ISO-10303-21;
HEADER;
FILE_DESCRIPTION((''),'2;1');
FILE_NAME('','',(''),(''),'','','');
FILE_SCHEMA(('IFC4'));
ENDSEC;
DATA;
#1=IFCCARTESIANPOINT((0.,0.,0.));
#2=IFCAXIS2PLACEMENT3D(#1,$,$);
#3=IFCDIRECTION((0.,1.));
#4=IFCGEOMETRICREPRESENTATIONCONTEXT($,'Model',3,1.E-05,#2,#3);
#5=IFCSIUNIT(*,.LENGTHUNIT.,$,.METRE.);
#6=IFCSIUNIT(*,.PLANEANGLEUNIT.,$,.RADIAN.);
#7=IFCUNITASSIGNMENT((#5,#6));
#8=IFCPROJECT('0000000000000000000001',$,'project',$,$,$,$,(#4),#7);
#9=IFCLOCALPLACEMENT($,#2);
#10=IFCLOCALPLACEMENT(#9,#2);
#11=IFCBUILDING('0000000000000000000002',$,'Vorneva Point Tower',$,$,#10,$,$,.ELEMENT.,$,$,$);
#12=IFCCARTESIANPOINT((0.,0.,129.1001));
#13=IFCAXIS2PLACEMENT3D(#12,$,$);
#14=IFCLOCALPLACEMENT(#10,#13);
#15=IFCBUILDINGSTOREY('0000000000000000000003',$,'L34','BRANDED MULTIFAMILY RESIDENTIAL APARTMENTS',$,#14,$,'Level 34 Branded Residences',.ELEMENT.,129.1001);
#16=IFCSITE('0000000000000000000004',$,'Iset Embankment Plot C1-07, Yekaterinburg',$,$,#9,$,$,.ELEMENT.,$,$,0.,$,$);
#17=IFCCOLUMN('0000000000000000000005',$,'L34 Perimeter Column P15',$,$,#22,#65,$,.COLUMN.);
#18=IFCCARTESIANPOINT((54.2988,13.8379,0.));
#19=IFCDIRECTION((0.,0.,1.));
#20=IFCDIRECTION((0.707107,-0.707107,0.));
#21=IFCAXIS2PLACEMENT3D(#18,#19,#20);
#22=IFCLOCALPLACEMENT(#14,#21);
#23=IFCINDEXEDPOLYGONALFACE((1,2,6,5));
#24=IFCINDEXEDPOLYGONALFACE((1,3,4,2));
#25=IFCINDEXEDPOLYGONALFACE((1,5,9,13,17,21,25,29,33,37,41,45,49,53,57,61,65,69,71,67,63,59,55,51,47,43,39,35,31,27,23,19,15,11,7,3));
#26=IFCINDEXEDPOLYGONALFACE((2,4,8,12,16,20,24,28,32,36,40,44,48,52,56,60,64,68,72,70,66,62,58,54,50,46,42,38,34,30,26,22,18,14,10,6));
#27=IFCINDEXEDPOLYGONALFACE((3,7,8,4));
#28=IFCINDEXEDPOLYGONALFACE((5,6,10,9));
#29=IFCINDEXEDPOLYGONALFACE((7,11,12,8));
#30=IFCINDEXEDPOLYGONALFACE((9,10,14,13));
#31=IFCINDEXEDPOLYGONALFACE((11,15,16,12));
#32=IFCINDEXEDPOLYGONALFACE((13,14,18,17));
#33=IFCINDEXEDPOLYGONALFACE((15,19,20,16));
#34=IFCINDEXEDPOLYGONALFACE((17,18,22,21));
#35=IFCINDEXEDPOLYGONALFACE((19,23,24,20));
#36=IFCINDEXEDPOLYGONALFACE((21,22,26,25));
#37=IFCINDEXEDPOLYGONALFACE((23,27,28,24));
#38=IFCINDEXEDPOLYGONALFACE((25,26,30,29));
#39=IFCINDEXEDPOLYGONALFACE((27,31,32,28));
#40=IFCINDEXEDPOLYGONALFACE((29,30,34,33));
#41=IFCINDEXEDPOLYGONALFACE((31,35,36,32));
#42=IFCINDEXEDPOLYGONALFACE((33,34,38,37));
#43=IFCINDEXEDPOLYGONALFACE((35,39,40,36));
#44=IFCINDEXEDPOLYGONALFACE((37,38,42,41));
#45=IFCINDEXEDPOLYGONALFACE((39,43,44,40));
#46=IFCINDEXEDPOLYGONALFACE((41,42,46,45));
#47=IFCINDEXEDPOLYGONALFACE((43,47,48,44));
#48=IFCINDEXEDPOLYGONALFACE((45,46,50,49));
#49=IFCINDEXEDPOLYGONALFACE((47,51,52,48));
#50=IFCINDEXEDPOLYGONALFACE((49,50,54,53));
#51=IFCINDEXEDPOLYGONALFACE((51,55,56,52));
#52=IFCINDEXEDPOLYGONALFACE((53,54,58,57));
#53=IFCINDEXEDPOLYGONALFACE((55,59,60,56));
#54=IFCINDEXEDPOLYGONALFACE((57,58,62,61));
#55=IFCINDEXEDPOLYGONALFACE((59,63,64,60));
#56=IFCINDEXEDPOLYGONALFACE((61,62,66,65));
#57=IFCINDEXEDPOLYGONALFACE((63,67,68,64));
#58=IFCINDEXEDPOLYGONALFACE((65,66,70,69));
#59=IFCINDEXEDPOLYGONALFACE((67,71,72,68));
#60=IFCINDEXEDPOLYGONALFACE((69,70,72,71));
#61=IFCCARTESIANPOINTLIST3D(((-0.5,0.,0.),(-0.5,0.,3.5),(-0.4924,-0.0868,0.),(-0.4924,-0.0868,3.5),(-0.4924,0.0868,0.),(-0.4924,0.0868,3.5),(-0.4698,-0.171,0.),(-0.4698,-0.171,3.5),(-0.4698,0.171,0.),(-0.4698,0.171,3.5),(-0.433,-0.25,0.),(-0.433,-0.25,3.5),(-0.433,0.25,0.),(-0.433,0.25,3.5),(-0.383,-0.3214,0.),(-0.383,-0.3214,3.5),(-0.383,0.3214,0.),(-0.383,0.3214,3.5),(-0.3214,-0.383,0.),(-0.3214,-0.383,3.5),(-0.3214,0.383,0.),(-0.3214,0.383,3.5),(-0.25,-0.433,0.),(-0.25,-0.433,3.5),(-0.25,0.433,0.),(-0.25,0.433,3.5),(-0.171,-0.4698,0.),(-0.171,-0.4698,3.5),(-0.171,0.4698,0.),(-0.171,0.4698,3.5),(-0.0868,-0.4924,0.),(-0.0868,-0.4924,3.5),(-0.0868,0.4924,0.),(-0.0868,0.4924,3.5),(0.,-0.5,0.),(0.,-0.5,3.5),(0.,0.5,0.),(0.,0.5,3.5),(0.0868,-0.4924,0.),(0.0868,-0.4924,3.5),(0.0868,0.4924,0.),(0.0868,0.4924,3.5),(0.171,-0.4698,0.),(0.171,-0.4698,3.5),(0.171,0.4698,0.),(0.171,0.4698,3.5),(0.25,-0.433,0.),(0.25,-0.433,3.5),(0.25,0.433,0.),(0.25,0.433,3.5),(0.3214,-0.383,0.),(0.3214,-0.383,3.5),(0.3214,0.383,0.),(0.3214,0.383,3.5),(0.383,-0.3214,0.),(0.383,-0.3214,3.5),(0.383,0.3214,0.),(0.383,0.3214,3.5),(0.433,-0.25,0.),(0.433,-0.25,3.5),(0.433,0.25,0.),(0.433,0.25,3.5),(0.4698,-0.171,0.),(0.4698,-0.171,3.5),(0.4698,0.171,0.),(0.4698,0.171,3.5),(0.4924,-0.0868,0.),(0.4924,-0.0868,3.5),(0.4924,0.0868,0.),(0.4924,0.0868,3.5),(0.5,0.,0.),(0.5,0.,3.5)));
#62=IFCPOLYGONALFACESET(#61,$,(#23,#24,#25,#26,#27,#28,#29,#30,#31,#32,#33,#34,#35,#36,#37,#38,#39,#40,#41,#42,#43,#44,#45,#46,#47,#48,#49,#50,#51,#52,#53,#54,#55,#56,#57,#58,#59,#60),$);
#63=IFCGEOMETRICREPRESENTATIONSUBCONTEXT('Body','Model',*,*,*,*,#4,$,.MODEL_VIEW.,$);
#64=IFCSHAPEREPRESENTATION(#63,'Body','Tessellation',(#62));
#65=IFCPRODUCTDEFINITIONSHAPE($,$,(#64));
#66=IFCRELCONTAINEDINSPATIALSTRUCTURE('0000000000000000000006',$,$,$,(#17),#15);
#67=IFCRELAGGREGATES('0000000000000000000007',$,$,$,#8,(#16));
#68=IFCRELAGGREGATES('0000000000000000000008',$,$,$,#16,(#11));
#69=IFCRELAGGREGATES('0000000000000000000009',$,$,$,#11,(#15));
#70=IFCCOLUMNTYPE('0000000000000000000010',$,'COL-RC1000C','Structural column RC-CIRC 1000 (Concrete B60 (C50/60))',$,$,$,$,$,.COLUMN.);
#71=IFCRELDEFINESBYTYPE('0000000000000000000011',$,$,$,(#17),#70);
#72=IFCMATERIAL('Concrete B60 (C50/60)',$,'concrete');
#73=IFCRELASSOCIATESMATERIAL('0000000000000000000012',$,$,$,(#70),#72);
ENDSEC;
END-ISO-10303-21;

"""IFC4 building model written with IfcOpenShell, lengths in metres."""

from ifc_helpers import new_model, si_unit, direction, frame, origin, origin_2d, place, context, subcontext, project, spatial, circle, extrude, material, material_profile, profile_set, type_object, element, save


model = new_model("IFC4")

# Units and contexts
model_context = context("Model", 3, precision=1e-05, world=origin(), true_north=direction((0.0, 1.0)))
body_context = subcontext(model_context, "Body", "Model", "MODEL_VIEW")
ifc_project = project(units=[si_unit("LENGTHUNIT", "METRE"), si_unit("PLANEANGLEUNIT", "RADIAN")], contexts=[model_context])

# Site, building, storey
site_placement = place(None, origin())
site = spatial("IfcSite", under=ifc_project, at=site_placement, Name="Iset Embankment Plot C1-07, Yekaterinburg", CompositionType="ELEMENT", RefElevation=0.0)
building_placement = place(site_placement, origin())
building = spatial("IfcBuilding", under=site, at=building_placement, Name="Vorneva Point Tower", CompositionType="ELEMENT")
storey_placement = place(building_placement, frame((0.0, 0.0, 129.1001)))
storey = spatial("IfcBuildingStorey", under=building, at=storey_placement, Name="L34", Description="BRANDED MULTIFAMILY RESIDENTIAL APARTMENTS", LongName="Level 34 Branded Residences", CompositionType="ELEMENT", Elevation=129.1001)

# Column
ifc_material_1 = material(Name="Concrete B60 (C50/60)", Category="concrete")
ifc_material_profile_1 = material_profile(ifc_material_1, circle(Radius=0.5, at=origin_2d()), Name="RC-CIRC 1000")
ifc_profile_set_1 = profile_set([ifc_material_profile_1], Name="Concrete B60 (C50/60)")
column_type = type_object("IfcColumnType", Name="COL-RC1000C", Description="Structural column RC-CIRC 1000 (Concrete B60 (C50/60))", PredefinedType="COLUMN", material=ifc_profile_set_1)
for number, where, z_axis, x_axis, name in (
    (1, (54.2988, 13.8379, 0.0), (0.0, 0.0, 1.0), (0.707107, -0.707107, 0.0), "L34 Perimeter Column P15"),
):
    element("IfcColumn", number, at=place(storey_placement, frame(where, z_axis=z_axis, x_axis=x_axis)), inside=storey, type_object=column_type, Name=name, PredefinedType="COLUMN", context=body_context, shape_type="SweptSolid", body=[
        extrude(circle(Radius=0.5, at=origin_2d()), origin(), (0.0, 0.0, 1.0), 3.5),
    ])

save(model, "model.ifc")
